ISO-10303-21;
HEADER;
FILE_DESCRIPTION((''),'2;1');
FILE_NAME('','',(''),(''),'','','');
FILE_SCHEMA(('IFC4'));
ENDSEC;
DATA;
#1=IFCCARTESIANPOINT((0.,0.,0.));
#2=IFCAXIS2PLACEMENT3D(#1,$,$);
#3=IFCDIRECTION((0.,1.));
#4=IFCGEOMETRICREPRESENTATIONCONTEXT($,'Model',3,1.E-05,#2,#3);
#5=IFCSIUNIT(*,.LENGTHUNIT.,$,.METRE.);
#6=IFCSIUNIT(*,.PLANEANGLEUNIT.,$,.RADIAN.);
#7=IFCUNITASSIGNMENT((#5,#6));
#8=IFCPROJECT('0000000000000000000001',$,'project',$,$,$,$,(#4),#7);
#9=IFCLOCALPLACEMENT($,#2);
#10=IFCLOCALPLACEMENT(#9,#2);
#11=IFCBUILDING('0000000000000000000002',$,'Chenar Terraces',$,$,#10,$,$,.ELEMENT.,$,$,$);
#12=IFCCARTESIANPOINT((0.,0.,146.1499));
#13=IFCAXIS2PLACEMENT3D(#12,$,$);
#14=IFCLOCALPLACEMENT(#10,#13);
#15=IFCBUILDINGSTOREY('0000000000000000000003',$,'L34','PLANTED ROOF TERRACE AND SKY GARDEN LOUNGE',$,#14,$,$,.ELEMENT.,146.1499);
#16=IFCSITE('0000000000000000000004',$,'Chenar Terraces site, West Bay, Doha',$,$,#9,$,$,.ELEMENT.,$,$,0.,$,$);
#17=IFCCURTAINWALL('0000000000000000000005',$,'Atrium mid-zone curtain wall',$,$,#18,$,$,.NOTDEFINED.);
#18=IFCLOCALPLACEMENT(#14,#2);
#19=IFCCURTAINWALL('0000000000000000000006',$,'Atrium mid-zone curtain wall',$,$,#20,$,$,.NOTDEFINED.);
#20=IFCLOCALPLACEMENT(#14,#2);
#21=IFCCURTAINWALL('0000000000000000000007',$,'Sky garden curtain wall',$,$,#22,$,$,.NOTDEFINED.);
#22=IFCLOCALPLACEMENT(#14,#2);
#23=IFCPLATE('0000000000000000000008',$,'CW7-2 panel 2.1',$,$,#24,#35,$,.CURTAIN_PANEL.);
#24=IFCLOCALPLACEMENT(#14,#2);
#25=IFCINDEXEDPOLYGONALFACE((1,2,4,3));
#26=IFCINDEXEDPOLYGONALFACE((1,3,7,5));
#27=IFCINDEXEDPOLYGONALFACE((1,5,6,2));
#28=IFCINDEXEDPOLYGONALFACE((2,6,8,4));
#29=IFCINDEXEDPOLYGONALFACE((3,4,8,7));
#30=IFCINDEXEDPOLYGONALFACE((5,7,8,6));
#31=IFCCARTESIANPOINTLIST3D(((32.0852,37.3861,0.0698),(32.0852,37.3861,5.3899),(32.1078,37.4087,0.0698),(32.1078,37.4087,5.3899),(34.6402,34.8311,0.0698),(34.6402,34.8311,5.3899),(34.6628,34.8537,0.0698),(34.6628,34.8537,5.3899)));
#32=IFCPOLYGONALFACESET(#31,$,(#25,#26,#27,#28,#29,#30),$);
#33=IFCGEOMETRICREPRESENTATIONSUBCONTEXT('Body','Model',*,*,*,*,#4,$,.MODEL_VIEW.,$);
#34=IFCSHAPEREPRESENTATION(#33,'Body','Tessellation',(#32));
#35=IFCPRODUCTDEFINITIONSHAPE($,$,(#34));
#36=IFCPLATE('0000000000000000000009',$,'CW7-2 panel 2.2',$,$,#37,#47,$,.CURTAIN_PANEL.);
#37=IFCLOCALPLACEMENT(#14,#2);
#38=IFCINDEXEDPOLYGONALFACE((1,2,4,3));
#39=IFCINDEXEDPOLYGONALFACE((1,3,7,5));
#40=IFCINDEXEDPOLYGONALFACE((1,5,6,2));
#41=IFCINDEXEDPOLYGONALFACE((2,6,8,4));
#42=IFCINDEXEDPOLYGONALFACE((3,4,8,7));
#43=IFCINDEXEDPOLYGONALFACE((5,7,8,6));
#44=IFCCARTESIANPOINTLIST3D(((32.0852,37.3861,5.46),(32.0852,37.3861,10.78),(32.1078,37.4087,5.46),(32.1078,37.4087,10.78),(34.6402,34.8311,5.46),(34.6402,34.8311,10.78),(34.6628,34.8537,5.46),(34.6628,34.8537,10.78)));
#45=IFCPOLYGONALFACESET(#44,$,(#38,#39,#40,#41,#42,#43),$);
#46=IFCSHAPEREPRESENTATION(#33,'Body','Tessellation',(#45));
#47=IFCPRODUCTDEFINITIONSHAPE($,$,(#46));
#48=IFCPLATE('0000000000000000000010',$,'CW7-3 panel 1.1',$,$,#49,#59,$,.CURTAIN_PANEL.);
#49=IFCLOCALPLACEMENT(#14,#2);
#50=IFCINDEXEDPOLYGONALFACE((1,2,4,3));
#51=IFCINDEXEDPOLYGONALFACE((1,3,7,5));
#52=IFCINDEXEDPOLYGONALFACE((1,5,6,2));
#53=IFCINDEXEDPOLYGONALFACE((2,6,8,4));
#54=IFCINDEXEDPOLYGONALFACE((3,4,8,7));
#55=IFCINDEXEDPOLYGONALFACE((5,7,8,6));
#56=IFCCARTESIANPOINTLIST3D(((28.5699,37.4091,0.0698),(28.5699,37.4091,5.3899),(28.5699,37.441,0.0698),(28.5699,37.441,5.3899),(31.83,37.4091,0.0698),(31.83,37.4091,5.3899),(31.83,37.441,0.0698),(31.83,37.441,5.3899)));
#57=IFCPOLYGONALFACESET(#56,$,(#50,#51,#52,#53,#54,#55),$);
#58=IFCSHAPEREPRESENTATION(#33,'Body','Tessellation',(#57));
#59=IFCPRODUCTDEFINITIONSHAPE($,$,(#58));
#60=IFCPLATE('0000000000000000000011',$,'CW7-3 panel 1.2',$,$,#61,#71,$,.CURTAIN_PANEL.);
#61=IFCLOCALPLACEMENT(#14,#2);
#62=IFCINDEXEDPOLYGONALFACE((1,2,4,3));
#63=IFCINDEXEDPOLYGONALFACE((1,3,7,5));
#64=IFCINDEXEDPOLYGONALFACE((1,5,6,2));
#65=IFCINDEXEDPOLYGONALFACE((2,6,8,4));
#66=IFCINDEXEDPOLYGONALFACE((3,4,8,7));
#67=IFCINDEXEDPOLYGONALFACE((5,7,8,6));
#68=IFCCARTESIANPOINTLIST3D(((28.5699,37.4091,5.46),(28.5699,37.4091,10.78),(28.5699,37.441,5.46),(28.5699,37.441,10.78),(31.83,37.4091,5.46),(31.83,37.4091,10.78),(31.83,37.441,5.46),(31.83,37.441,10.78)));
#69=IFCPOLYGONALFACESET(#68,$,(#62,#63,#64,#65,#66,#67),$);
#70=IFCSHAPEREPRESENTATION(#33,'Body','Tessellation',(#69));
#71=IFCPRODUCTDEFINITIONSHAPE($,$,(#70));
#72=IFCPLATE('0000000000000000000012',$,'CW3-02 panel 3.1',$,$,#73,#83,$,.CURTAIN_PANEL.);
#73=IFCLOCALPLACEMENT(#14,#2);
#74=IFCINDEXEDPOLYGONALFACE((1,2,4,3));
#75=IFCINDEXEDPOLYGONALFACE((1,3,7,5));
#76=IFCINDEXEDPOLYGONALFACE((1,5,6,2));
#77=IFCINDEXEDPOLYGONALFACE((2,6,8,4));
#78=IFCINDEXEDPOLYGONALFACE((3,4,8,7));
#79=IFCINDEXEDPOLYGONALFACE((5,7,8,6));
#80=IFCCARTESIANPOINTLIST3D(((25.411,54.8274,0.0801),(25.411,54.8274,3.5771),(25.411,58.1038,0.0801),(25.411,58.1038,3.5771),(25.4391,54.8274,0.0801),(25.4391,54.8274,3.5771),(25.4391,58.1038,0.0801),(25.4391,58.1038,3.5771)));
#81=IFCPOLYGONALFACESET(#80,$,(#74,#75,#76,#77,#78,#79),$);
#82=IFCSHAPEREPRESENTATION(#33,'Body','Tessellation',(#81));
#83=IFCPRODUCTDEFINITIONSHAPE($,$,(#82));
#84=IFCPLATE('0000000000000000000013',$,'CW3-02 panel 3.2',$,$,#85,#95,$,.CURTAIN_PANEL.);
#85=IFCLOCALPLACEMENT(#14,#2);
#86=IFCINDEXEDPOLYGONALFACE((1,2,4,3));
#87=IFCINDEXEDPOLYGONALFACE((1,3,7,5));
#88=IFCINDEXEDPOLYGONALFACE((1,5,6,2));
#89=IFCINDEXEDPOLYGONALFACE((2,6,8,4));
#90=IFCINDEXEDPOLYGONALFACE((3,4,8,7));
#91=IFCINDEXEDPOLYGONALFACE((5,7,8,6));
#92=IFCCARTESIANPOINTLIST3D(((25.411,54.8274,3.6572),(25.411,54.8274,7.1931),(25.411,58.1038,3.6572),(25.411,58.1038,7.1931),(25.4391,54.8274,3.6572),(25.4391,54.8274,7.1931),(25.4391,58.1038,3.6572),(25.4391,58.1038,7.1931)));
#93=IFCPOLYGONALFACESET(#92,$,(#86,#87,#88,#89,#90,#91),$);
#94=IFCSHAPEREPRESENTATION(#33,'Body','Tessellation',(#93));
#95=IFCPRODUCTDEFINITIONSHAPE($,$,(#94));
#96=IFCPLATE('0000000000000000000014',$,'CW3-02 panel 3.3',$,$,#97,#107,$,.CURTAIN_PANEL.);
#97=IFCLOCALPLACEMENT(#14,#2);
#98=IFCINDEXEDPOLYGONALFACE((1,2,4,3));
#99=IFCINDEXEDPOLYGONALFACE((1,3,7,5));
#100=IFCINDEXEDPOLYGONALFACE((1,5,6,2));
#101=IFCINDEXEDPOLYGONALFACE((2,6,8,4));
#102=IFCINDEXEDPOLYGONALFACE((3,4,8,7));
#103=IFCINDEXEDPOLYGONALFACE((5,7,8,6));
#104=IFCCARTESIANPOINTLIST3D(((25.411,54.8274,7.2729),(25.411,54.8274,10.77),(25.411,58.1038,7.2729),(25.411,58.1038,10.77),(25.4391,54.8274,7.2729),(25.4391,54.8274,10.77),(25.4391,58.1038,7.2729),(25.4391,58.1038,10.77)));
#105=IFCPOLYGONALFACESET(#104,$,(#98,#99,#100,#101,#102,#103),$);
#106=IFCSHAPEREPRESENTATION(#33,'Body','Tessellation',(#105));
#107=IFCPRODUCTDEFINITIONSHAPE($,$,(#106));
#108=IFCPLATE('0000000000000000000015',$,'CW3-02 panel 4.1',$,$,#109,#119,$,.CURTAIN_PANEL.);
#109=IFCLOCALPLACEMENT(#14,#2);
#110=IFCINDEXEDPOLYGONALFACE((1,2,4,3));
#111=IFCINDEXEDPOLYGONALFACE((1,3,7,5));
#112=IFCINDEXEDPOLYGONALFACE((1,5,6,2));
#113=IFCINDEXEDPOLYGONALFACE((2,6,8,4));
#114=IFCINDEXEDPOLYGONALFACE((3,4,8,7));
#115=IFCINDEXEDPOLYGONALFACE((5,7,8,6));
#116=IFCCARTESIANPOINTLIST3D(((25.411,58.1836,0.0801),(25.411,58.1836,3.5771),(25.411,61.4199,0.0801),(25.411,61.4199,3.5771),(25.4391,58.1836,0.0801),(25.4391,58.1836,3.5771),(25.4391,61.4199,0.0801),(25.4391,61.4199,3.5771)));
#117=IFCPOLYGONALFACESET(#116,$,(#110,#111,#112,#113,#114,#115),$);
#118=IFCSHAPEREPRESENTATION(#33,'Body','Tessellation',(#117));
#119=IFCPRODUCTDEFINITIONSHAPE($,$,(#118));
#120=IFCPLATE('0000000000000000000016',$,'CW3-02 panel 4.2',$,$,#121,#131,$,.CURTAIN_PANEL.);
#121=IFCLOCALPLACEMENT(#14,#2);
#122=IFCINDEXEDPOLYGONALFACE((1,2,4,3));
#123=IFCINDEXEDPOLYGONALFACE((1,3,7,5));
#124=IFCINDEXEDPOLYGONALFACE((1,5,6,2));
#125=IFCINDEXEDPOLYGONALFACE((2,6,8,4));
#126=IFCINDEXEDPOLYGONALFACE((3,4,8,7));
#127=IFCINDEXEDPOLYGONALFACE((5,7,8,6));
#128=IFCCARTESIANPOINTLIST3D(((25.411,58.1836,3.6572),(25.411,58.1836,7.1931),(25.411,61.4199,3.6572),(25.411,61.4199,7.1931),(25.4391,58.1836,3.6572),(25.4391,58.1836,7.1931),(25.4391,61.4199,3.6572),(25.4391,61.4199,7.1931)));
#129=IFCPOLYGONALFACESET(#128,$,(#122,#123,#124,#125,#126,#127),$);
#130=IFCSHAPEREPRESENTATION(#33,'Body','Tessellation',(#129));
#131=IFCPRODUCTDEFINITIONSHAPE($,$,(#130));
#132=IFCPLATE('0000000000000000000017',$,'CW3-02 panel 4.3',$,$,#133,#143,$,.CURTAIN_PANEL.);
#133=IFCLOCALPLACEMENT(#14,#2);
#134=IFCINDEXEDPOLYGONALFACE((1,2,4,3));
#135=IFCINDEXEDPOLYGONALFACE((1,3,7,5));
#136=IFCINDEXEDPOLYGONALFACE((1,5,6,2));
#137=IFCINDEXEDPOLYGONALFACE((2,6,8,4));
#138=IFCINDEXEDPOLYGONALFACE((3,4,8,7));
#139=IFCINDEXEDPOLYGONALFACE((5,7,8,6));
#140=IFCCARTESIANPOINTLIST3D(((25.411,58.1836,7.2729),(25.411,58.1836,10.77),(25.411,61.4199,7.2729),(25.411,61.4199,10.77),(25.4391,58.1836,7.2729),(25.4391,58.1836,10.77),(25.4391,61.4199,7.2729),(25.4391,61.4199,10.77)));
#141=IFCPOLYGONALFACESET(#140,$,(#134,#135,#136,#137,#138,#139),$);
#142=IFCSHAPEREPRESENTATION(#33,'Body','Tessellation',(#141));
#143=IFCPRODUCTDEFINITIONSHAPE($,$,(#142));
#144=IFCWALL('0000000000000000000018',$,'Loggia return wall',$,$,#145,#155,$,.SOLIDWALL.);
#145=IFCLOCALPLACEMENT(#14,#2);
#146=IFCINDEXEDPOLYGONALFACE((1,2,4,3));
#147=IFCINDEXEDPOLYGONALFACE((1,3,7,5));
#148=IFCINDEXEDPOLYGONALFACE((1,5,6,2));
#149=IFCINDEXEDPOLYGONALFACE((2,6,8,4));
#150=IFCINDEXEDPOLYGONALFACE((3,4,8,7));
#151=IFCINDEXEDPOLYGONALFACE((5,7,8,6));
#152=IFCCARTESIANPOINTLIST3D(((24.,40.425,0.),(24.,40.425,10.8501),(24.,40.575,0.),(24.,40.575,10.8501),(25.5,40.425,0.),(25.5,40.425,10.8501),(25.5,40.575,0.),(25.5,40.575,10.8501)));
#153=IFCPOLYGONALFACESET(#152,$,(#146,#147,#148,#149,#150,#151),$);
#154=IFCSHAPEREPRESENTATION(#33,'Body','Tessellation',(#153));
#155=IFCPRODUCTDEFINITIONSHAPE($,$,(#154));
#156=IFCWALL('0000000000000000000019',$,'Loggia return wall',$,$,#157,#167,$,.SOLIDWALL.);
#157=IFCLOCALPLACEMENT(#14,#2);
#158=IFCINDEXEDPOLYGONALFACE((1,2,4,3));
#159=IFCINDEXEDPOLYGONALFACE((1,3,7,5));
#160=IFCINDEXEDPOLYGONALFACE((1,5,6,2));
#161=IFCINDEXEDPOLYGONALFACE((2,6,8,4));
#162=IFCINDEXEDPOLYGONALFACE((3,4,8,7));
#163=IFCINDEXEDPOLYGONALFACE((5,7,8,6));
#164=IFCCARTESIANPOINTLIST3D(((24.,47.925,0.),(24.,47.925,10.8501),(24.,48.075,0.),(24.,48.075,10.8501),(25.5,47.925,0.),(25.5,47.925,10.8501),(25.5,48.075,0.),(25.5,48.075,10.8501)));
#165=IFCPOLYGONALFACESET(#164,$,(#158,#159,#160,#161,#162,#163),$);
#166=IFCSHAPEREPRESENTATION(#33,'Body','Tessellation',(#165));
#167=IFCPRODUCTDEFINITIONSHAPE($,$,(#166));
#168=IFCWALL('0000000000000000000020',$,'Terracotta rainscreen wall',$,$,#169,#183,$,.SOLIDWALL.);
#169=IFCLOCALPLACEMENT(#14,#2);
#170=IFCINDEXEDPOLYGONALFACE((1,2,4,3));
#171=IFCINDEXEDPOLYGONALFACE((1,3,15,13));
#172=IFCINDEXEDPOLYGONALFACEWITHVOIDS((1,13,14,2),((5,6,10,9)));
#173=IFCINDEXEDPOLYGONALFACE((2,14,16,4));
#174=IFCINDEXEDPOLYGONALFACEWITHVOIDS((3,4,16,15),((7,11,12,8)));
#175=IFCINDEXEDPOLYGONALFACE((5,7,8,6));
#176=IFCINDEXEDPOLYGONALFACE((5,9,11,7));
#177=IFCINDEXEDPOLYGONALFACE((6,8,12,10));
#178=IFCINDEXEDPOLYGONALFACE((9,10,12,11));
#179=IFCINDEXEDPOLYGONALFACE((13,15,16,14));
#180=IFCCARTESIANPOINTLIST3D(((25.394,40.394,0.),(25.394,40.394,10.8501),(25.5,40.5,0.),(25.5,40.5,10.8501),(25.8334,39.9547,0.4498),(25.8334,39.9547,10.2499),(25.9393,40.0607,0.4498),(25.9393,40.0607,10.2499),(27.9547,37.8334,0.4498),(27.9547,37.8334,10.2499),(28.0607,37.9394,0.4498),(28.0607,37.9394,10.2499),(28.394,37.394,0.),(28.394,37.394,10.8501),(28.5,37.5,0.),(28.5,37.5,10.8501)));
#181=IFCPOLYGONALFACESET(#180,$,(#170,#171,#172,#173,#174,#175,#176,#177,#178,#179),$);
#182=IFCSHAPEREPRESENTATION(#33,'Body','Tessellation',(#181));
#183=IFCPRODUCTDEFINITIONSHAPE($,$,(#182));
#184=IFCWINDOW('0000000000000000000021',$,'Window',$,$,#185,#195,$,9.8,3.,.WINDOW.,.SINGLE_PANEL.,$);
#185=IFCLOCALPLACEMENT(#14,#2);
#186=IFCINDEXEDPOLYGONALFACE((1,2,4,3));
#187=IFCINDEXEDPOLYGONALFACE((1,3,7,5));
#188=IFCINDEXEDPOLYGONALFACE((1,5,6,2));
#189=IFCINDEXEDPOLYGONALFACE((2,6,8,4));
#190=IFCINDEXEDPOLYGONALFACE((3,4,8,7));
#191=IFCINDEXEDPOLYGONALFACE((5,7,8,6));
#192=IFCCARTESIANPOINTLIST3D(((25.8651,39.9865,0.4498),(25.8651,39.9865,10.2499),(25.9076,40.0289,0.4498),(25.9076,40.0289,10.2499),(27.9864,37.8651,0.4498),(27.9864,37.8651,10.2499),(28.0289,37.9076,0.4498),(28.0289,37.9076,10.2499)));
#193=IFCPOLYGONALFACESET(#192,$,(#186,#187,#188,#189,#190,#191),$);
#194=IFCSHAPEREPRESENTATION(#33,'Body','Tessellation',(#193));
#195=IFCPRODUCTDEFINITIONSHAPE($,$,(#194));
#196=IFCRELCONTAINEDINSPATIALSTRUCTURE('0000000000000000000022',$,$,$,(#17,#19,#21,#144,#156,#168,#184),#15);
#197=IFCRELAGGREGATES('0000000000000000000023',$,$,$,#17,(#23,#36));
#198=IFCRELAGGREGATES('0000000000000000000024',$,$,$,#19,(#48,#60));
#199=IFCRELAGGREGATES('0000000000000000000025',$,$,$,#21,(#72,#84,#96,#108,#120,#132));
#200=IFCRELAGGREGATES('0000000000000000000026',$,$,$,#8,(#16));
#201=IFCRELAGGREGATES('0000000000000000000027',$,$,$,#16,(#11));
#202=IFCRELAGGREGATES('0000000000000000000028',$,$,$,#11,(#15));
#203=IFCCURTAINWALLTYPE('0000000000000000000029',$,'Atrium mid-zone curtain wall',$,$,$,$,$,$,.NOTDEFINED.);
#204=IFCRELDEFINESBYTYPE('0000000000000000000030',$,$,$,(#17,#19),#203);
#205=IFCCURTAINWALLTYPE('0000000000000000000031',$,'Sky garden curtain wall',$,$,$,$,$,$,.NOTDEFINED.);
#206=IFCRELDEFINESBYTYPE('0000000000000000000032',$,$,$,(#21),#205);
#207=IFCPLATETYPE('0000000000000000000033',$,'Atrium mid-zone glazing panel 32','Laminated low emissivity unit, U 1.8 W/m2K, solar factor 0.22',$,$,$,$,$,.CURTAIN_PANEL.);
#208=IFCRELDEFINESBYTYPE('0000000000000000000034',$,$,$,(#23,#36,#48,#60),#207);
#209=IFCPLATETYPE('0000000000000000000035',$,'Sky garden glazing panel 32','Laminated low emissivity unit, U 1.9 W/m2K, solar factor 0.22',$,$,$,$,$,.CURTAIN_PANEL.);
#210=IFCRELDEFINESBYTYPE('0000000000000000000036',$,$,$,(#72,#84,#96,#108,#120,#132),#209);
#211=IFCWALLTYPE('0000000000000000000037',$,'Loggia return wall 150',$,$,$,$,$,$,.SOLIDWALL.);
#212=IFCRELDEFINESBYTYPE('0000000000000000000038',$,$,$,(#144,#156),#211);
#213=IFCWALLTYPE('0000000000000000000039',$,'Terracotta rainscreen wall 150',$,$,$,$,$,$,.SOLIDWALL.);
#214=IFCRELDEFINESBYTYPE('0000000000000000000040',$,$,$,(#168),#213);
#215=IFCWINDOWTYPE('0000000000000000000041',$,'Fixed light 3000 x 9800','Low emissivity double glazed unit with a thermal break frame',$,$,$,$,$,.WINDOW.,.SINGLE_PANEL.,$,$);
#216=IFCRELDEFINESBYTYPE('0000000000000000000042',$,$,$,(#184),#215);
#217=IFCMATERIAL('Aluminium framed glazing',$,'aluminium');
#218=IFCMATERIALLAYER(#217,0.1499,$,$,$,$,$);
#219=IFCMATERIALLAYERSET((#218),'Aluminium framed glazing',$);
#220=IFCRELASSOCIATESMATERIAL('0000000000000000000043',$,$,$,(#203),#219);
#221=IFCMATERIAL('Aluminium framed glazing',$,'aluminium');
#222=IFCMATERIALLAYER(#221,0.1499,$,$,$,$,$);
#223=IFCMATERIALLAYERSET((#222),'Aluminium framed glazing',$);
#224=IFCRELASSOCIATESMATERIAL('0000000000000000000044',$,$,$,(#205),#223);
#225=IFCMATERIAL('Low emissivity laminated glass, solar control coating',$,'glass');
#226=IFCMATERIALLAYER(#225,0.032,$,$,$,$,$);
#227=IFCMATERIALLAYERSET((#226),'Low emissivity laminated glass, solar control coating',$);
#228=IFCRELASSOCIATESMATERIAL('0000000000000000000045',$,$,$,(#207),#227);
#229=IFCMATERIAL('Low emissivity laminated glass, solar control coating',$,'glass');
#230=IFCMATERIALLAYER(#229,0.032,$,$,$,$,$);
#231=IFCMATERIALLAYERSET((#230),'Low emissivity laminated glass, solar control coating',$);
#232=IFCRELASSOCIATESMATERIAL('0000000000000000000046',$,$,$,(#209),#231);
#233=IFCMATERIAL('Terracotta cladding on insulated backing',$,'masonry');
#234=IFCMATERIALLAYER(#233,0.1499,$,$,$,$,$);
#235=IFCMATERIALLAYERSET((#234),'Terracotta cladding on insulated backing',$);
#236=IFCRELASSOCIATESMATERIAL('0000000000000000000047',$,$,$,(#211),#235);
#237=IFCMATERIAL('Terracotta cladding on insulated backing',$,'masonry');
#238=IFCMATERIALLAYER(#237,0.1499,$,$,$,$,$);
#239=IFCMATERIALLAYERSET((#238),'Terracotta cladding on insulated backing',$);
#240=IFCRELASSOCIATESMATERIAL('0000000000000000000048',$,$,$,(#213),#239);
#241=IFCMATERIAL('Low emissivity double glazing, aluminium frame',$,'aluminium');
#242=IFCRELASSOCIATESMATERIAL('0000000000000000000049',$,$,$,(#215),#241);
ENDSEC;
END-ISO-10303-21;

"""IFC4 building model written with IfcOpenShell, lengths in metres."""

from ifc_helpers import new_model, si_unit, direction, frame, frame_2d, origin, origin_2d, place, context, subcontext, project, spatial, rectangle, extrude, material, layer, layer_set, type_object, element, fill, aggregate, save


model = new_model("IFC4")

# Units and contexts
model_context = context("Model", 3, precision=1e-05, world=origin(), true_north=direction((0.0, 1.0)))
body_context = subcontext(model_context, "Body", "Model", "MODEL_VIEW")
ifc_project = project(units=[si_unit("LENGTHUNIT", "METRE"), si_unit("PLANEANGLEUNIT", "RADIAN")], contexts=[model_context])

# Site, building, storey
site_placement = place(None, origin())
site = spatial("IfcSite", under=ifc_project, at=site_placement, Name="Chenar Terraces site, West Bay, Doha", CompositionType="ELEMENT", RefElevation=0.0)
building_placement = place(site_placement, origin())
building = spatial("IfcBuilding", under=site, at=building_placement, Name="Chenar Terraces", CompositionType="ELEMENT")
storey_placement = place(building_placement, frame((0.0, 0.0, 146.1499)))
storey = spatial("IfcBuildingStorey", under=building, at=storey_placement, Name="L34", Description="PLANTED ROOF TERRACE AND SKY GARDEN LOUNGE", CompositionType="ELEMENT", Elevation=146.1499)

# Curtain walls
ifc_material_1 = material(Name="Aluminium framed glazing", Category="aluminium")
ifc_layer_1 = layer(ifc_material_1, 0.1499)
ifc_layer_set_1 = layer_set([ifc_layer_1], Name="Aluminium framed glazing")
curtain_wall_type_1 = type_object("IfcCurtainWallType", Name="Atrium mid-zone curtain wall", PredefinedType="NOTDEFINED", material=ifc_layer_set_1)
placement = place(storey_placement, origin())
curtain_wall_1 = element("IfcCurtainWall", 1, at=placement, inside=storey, type_object=curtain_wall_type_1, Name="Atrium mid-zone curtain wall", PredefinedType="NOTDEFINED")
curtain_wall_2 = element("IfcCurtainWall", 2, at=placement, inside=storey, type_object=curtain_wall_type_1, Name="Atrium mid-zone curtain wall", PredefinedType="NOTDEFINED")

# Curtain wall
ifc_material_2 = material(Name="Aluminium framed glazing", Category="aluminium")
ifc_layer_2 = layer(ifc_material_2, 0.1499)
ifc_layer_set_2 = layer_set([ifc_layer_2], Name="Aluminium framed glazing")
curtain_wall_type_2 = type_object("IfcCurtainWallType", Name="Sky garden curtain wall", PredefinedType="NOTDEFINED", material=ifc_layer_set_2)
curtain_wall_3 = element("IfcCurtainWall", 3, at=placement, inside=storey, type_object=curtain_wall_type_2, Name="Sky garden curtain wall", PredefinedType="NOTDEFINED")

# Plates
ifc_material_3 = material(Name="Low emissivity laminated glass, solar control coating", Category="glass")
ifc_layer_3 = layer(ifc_material_3, 0.032)
ifc_layer_set_3 = layer_set([ifc_layer_3], Name="Low emissivity laminated glass, solar control coating")
plate_type_1 = type_object("IfcPlateType", Name="Atrium mid-zone glazing panel 32", Description="Laminated low emissivity unit, U 1.8 W/m2K, solar factor 0.22", PredefinedType="CURTAIN_PANEL", material=ifc_layer_set_3)
plate_1_placement = place(storey_placement, frame((33.374, 36.1199, 0.0698), z_axis=(0.0, 0.0, 1.0), x_axis=(-0.707107, 0.707107, 0.0)))
plate_1 = element("IfcPlate", 4, at=plate_1_placement, type_object=plate_type_1, Name="CW7-2 panel 2.1", PredefinedType="CURTAIN_PANEL", context=body_context, shape_type="SweptSolid", body=[
    extrude(rectangle(XDim=3.6133, YDim=0.032, at=origin_2d()), origin(), (0.0, 0.0, 1.0), 5.3201),
])
plate_2_placement = place(storey_placement, frame((33.374, 36.1199, 5.46), z_axis=(0.0, 0.0, 1.0), x_axis=(-0.707107, 0.707107, 0.0)))
plate_2 = element("IfcPlate", 5, at=plate_2_placement, type_object=plate_type_1, Name="CW7-2 panel 2.2", PredefinedType="CURTAIN_PANEL", context=body_context, shape_type="SweptSolid", body=[
    extrude(rectangle(XDim=3.6133, YDim=0.032, at=origin_2d()), origin(), (0.0, 0.0, 1.0), 5.3201),
])
aggregate(curtain_wall_1, [plate_1, plate_2])
plate_3_placement = place(storey_placement, frame((30.2, 37.425, 0.0698), z_axis=(0.0, 0.0, 1.0), x_axis=(-1.0, 0.0, 0.0)))
plate_3 = element("IfcPlate", 6, at=plate_3_placement, type_object=plate_type_1, Name="CW7-3 panel 1.1", PredefinedType="CURTAIN_PANEL", context=body_context, shape_type="SweptSolid", body=[
    extrude(rectangle(XDim=3.26, YDim=0.032, at=origin_2d()), origin(), (0.0, 0.0, 1.0), 5.3201),
])
plate_4_placement = place(storey_placement, frame((30.2, 37.425, 5.46), z_axis=(0.0, 0.0, 1.0), x_axis=(-1.0, 0.0, 0.0)))
plate_4 = element("IfcPlate", 7, at=plate_4_placement, type_object=plate_type_1, Name="CW7-3 panel 1.2", PredefinedType="CURTAIN_PANEL", context=body_context, shape_type="SweptSolid", body=[
    extrude(rectangle(XDim=3.26, YDim=0.032, at=origin_2d()), origin(), (0.0, 0.0, 1.0), 5.3201),
])
aggregate(curtain_wall_2, [plate_3, plate_4])
ifc_material_4 = material(Name="Low emissivity laminated glass, solar control coating", Category="glass")
ifc_layer_4 = layer(ifc_material_4, 0.032)
ifc_layer_set_4 = layer_set([ifc_layer_4], Name="Low emissivity laminated glass, solar control coating")
plate_type_2 = type_object("IfcPlateType", Name="Sky garden glazing panel 32", Description="Laminated low emissivity unit, U 1.9 W/m2K, solar factor 0.22", PredefinedType="CURTAIN_PANEL", material=ifc_layer_set_4)
plate_5_placement = place(storey_placement, frame((25.425, 56.4656, 0.0801), z_axis=(0.0, 0.0, 1.0), x_axis=(0.0, 1.0, 0.0)))
plate_5 = element("IfcPlate", 8, at=plate_5_placement, type_object=plate_type_2, Name="CW3-02 panel 3.1", PredefinedType="CURTAIN_PANEL", context=body_context, shape_type="SweptSolid", body=[
    extrude(rectangle(XDim=3.2764, YDim=0.0281, at=origin_2d()), origin(), (0.0, 0.0, 1.0), 3.4971),
])
plate_6_placement = place(storey_placement, frame((25.425, 56.4656, 3.6572), z_axis=(0.0, 0.0, 1.0), x_axis=(0.0, 1.0, 0.0)))
plate_6 = element("IfcPlate", 9, at=plate_6_placement, type_object=plate_type_2, Name="CW3-02 panel 3.2", PredefinedType="CURTAIN_PANEL", context=body_context, shape_type="SweptSolid", body=[
    extrude(rectangle(XDim=3.2764, YDim=0.0281, at=origin_2d()), origin(), (0.0, 0.0, 1.0), 3.5359),
])
plate_7_placement = place(storey_placement, frame((25.425, 56.4656, 7.2729), z_axis=(0.0, 0.0, 1.0), x_axis=(0.0, 1.0, 0.0)))
plate_7 = element("IfcPlate", 10, at=plate_7_placement, type_object=plate_type_2, Name="CW3-02 panel 3.3", PredefinedType="CURTAIN_PANEL", context=body_context, shape_type="SweptSolid", body=[
    extrude(rectangle(XDim=3.2764, YDim=0.0281, at=origin_2d()), origin(), (0.0, 0.0, 1.0), 3.4971),
])
plate_8_placement = place(storey_placement, frame((25.425, 59.8018, 0.0801), z_axis=(0.0, 0.0, 1.0), x_axis=(0.0, 1.0, 0.0)))
plate_8 = element("IfcPlate", 11, at=plate_8_placement, type_object=plate_type_2, Name="CW3-02 panel 4.1", PredefinedType="CURTAIN_PANEL", context=body_context, shape_type="SweptSolid", body=[
    extrude(rectangle(XDim=3.2363, YDim=0.0281, at=origin_2d()), origin(), (0.0, 0.0, 1.0), 3.4971),
])
plate_9_placement = place(storey_placement, frame((25.425, 59.8018, 3.6572), z_axis=(0.0, 0.0, 1.0), x_axis=(0.0, 1.0, 0.0)))
plate_9 = element("IfcPlate", 12, at=plate_9_placement, type_object=plate_type_2, Name="CW3-02 panel 4.2", PredefinedType="CURTAIN_PANEL", context=body_context, shape_type="SweptSolid", body=[
    extrude(rectangle(XDim=3.2363, YDim=0.0281, at=origin_2d()), origin(), (0.0, 0.0, 1.0), 3.5359),
])
plate_10_placement = place(storey_placement, frame((25.425, 59.8018, 7.2729), z_axis=(0.0, 0.0, 1.0), x_axis=(0.0, 1.0, 0.0)))
plate_10 = element("IfcPlate", 13, at=plate_10_placement, type_object=plate_type_2, Name="CW3-02 panel 4.3", PredefinedType="CURTAIN_PANEL", context=body_context, shape_type="SweptSolid", body=[
    extrude(rectangle(XDim=3.2363, YDim=0.0281, at=origin_2d()), origin(), (0.0, 0.0, 1.0), 3.4971),
])
aggregate(curtain_wall_3, [plate_5, plate_6, plate_7, plate_8, plate_9, plate_10])

# Walls
ifc_material_5 = material(Name="Terracotta cladding on insulated backing", Category="masonry")
ifc_layer_5 = layer(ifc_material_5, 0.1499)
ifc_layer_set_5 = layer_set([ifc_layer_5], Name="Terracotta cladding on insulated backing")
wall_type_1 = type_object("IfcWallType", Name="Loggia return wall 150", PredefinedType="SOLIDWALL", material=ifc_layer_set_5)
for number, where, z_axis, x_axis, name in (
    (14, (25.5, 40.5, 0.0), (0.0, 0.0, 1.0), (-1.0, 0.0, 0.0), "Loggia return wall"),
    (15, (25.5, 48.0, 0.0), (0.0, 0.0, 1.0), (-1.0, 0.0, 0.0), "Loggia return wall"),
):
    element("IfcWall", number, at=place(storey_placement, frame(where, z_axis=z_axis, x_axis=x_axis)), inside=storey, type_object=wall_type_1, Name=name, PredefinedType="SOLIDWALL", context=body_context, shape_type="SweptSolid", body=[
        extrude(rectangle(XDim=1.5, YDim=0.1499, at=frame_2d((0.75, 0.0))), origin(), (0.0, 0.0, 1.0), 10.8501),
    ])

# Wall, opening, window
ifc_material_6 = material(Name="Terracotta cladding on insulated backing", Category="masonry")
ifc_layer_6 = layer(ifc_material_6, 0.1499)
ifc_layer_set_6 = layer_set([ifc_layer_6], Name="Terracotta cladding on insulated backing")
wall_type_2 = type_object("IfcWallType", Name="Terracotta rainscreen wall 150", PredefinedType="SOLIDWALL", material=ifc_layer_set_6)
wall_1_placement = place(storey_placement, frame((28.447, 37.447, 0.0), z_axis=(0.0, 0.0, 1.0), x_axis=(-0.707107, 0.707107, 0.0)))
wall_1 = element("IfcWall", 16, at=wall_1_placement, inside=storey, type_object=wall_type_2, Name="Terracotta rainscreen wall", PredefinedType="SOLIDWALL", context=body_context, shape_type="SweptSolid", body=[
    extrude(rectangle(XDim=4.2427, YDim=0.1499, at=frame_2d((2.1213, 0.0))), origin(), (0.0, 0.0, 1.0), 10.8501),
])
opening_1_placement = place(wall_1_placement, frame((0.6213, 0.0, 0.45)))
opening_1 = element("IfcOpeningElement", 17, at=opening_1_placement, cuts=wall_1, PredefinedType="OPENING", context=body_context, shape_type="SweptSolid", body=[
    extrude(rectangle(XDim=3.0, YDim=9.8, at=frame_2d((1.5, 4.8999))), frame((0.0, 0.085, 0.0), z_axis=(0.0, -1.0, 0.0), x_axis=(1.0, 0.0, 0.0)), (0.0, 0.0, 1.0), 0.1699),
])
ifc_material_7 = material(Name="Low emissivity double glazing, aluminium frame", Category="aluminium")
window_type = type_object("IfcWindowType", Name="Fixed light 3000 x 9800", Description="Low emissivity double glazed unit with a thermal break frame", PartitioningType="SINGLE_PANEL", PredefinedType="WINDOW", material=ifc_material_7)
window_1_placement = place(opening_1_placement, origin())
window_1 = element("IfcWindow", 18, at=window_1_placement, inside=storey, type_object=window_type, Name="Window", OverallHeight=9.8, OverallWidth=3.0, PartitioningType="SINGLE_PANEL", PredefinedType="WINDOW", context=body_context, shape_type="SweptSolid", body=[
    extrude(rectangle(XDim=3.0, YDim=9.8, at=frame_2d((1.5, 4.8999))), frame((0.0, 0.03, 0.0), z_axis=(0.0, -1.0, 0.0), x_axis=(1.0, 0.0, 0.0)), (0.0, 0.0, 1.0), 0.0601),
])
fill(opening_1, window_1)

save(model, "model.ifc")
